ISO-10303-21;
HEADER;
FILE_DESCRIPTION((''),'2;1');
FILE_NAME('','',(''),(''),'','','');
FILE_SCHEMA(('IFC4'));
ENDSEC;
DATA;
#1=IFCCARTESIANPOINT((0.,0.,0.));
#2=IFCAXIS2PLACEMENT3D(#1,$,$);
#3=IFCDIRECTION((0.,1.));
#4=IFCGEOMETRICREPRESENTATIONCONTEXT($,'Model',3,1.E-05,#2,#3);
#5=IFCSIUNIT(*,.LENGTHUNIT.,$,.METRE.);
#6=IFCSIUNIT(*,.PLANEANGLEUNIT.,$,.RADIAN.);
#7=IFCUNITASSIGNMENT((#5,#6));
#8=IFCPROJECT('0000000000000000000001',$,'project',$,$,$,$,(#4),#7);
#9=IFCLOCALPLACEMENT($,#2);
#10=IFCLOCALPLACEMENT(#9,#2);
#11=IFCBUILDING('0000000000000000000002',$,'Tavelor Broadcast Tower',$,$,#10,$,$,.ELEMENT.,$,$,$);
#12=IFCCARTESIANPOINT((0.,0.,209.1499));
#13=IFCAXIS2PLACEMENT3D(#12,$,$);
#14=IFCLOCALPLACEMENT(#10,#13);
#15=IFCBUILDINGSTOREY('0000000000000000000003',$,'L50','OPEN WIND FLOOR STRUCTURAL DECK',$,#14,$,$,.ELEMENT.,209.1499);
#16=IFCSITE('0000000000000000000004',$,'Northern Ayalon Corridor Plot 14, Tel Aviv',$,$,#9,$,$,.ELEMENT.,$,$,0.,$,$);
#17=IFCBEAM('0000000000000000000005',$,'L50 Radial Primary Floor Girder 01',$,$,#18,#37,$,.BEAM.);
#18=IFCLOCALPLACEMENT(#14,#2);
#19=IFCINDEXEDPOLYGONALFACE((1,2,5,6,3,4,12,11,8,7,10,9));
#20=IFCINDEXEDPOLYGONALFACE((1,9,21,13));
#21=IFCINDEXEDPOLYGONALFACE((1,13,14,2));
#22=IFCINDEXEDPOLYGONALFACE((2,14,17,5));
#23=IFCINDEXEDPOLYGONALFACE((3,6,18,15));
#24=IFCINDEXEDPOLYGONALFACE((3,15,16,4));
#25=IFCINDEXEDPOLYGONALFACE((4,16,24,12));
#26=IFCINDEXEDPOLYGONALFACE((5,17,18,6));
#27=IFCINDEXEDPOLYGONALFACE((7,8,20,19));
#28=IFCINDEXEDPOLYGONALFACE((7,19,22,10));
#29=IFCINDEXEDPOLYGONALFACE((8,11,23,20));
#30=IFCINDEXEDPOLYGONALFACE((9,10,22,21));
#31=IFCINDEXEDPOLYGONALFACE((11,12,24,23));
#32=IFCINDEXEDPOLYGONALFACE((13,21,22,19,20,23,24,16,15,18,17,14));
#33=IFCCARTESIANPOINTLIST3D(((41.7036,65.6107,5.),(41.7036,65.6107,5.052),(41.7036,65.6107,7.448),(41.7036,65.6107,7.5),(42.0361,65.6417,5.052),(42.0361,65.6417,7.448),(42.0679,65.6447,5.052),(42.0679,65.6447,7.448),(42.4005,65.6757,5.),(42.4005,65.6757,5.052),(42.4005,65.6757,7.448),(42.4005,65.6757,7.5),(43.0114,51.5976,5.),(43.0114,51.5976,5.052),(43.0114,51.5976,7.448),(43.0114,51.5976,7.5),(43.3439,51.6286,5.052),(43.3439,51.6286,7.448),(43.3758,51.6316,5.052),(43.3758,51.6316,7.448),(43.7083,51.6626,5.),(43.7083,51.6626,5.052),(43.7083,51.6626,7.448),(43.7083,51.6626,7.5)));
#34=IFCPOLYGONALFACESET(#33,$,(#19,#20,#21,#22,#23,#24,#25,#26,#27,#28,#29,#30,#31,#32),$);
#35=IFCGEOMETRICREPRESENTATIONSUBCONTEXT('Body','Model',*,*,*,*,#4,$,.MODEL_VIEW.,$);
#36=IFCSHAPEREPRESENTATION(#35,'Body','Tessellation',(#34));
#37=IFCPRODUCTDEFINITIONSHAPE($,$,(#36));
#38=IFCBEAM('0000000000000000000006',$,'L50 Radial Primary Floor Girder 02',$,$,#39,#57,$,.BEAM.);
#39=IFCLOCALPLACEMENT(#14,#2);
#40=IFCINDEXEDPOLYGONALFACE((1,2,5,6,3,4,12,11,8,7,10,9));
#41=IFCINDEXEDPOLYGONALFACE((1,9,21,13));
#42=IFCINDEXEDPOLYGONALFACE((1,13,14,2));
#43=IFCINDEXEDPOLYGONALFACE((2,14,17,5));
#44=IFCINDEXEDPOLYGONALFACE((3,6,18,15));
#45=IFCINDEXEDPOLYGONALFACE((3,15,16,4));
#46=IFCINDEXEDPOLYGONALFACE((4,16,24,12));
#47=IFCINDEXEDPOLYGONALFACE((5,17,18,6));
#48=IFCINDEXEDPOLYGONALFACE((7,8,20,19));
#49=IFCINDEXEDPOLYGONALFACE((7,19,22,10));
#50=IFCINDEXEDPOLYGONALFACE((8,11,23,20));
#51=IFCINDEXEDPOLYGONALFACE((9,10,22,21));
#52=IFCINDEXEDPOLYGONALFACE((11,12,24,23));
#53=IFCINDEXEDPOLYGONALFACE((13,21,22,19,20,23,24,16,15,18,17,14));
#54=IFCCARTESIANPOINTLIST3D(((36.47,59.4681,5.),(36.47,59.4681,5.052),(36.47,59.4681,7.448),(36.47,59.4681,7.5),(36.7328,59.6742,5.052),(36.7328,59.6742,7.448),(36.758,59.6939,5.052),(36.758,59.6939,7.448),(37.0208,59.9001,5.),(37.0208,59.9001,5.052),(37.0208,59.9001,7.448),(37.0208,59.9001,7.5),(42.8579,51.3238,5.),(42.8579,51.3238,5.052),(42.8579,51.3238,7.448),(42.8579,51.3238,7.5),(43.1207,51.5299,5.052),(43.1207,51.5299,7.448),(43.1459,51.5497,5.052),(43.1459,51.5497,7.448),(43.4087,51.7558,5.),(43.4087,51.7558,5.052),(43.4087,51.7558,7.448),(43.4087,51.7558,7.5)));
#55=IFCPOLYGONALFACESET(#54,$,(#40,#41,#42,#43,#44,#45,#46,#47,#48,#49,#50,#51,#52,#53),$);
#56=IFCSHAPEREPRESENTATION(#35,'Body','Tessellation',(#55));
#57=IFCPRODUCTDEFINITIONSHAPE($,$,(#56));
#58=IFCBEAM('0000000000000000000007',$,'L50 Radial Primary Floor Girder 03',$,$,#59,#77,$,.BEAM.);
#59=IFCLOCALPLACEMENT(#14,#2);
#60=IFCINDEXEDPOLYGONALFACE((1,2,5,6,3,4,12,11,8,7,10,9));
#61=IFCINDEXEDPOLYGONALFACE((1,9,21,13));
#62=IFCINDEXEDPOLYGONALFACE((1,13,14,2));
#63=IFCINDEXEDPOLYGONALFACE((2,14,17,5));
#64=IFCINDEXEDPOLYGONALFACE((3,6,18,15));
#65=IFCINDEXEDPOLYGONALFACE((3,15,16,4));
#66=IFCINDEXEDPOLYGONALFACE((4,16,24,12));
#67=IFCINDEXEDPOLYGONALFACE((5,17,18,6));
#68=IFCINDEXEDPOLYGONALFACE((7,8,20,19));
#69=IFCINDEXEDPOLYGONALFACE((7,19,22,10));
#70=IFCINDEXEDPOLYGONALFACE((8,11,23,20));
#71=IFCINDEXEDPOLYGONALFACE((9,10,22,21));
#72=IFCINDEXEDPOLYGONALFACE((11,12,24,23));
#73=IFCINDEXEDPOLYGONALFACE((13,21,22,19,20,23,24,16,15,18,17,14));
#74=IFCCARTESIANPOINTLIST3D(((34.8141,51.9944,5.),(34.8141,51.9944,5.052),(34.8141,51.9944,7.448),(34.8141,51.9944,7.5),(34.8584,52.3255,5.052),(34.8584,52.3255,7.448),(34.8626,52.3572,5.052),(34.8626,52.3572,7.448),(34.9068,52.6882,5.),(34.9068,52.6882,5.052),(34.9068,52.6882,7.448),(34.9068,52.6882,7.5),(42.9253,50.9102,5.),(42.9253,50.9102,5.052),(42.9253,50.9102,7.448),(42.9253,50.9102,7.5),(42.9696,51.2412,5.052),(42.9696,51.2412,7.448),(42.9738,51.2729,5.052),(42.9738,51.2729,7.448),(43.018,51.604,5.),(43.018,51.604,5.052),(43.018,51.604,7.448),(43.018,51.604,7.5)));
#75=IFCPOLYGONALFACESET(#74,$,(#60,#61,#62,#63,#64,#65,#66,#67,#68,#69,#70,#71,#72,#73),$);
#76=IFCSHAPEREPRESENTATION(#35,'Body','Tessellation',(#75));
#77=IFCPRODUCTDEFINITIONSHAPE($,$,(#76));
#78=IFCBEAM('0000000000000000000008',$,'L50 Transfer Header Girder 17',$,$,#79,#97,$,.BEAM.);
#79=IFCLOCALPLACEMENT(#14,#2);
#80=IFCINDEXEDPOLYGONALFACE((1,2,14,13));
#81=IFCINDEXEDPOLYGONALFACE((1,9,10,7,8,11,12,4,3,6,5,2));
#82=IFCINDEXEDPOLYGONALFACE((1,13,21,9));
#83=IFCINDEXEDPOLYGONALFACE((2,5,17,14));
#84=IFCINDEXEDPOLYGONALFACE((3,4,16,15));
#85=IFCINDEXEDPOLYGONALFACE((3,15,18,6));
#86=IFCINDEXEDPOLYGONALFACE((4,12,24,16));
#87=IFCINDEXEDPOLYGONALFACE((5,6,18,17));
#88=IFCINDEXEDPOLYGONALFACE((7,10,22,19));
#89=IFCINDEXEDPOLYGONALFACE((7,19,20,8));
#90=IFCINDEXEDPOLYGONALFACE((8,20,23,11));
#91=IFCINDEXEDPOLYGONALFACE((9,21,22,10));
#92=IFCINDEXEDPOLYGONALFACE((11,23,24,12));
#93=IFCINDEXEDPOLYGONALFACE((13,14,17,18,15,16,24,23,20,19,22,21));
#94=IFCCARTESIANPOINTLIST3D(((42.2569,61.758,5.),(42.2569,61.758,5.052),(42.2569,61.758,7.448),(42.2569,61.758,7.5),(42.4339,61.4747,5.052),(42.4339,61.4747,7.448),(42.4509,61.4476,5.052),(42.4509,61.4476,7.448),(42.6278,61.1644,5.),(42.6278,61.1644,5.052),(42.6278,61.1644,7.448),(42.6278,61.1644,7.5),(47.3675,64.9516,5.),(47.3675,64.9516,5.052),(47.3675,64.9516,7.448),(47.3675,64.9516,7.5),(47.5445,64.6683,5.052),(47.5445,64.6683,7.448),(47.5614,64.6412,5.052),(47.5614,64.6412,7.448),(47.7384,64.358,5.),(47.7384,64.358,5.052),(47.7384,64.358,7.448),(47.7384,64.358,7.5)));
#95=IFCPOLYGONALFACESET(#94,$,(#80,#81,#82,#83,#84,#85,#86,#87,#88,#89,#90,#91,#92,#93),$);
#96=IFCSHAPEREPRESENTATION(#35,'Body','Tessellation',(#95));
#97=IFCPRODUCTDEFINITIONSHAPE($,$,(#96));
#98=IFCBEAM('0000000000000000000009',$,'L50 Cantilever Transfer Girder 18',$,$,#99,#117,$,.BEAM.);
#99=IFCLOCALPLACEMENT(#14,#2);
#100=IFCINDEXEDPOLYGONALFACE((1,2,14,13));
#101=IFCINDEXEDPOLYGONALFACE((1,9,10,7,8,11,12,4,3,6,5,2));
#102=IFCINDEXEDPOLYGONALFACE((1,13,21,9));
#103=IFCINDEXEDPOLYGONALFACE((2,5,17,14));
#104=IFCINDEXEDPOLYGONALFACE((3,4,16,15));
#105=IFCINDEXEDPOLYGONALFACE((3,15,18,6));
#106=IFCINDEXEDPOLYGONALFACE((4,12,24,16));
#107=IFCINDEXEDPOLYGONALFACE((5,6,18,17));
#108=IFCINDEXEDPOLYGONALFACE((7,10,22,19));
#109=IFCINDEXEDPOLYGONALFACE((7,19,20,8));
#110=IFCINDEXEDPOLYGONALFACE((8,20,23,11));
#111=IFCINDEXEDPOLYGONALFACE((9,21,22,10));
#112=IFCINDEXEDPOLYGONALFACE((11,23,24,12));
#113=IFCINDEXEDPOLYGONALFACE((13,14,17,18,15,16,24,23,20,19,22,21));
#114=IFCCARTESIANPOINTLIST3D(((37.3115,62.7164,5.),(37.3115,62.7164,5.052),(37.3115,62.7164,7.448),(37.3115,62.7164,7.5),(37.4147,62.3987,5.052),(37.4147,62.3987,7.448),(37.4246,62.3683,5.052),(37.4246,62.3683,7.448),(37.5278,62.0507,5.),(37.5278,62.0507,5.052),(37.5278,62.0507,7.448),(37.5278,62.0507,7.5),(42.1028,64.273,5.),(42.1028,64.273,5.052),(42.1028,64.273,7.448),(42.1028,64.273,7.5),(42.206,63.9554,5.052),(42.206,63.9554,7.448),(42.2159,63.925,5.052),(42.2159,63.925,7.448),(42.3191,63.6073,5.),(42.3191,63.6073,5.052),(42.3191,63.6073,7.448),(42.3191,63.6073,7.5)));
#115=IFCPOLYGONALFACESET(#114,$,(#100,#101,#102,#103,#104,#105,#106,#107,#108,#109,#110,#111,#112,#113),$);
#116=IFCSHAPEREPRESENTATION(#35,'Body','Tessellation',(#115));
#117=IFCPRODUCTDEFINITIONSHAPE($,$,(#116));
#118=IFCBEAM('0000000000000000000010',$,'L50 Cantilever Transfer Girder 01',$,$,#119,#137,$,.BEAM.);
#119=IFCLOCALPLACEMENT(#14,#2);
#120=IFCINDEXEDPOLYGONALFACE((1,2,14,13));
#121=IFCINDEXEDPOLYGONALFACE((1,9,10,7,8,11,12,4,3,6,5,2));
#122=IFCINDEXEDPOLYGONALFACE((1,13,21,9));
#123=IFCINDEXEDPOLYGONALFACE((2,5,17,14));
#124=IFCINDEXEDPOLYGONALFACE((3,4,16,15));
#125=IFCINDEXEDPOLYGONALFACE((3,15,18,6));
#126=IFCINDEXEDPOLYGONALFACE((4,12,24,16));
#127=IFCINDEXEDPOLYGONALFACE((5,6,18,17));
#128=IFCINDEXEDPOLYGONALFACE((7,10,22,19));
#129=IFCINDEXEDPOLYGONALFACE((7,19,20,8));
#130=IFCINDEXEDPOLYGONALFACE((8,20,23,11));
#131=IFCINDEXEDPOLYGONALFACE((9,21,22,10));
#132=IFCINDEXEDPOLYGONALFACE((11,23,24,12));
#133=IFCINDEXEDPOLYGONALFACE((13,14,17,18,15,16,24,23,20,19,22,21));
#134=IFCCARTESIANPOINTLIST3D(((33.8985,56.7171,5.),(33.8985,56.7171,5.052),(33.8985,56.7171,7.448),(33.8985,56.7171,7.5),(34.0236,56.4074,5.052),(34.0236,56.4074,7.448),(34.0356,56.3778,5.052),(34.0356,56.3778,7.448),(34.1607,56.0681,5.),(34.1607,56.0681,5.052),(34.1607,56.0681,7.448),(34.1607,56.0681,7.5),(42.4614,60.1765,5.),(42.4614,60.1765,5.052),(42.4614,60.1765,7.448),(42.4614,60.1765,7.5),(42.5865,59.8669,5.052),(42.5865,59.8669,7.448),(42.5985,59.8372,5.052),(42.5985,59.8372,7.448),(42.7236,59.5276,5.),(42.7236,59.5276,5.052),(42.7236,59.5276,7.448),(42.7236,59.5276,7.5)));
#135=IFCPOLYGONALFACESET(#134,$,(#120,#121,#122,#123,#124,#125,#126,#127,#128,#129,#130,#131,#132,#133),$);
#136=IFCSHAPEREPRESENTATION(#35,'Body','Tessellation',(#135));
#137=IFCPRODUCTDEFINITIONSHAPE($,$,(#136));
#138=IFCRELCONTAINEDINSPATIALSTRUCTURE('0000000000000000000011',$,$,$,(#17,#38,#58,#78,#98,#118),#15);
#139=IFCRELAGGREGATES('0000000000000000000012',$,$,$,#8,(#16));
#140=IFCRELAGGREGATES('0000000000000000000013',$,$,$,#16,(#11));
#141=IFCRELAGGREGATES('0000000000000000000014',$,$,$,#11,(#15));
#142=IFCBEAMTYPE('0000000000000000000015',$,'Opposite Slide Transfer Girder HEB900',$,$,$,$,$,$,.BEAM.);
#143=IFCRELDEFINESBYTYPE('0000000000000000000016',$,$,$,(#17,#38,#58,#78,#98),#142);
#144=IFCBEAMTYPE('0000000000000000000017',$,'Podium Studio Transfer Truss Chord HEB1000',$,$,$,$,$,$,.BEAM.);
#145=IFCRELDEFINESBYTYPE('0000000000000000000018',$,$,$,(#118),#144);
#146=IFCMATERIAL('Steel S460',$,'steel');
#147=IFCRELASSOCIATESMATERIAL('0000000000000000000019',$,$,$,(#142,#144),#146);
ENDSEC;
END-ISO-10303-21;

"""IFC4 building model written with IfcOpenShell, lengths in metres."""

from ifc_helpers import new_model, si_unit, direction, frame, origin, origin_2d, place, context, subcontext, project, spatial, i_section, extrude, material, material_profile, profile_set, type_object, element, save


model = new_model("IFC4")

# Units and contexts
model_context = context("Model", 3, precision=1e-05, world=origin(), true_north=direction((0.0, 1.0)))
body_context = subcontext(model_context, "Body", "Model", "MODEL_VIEW")
ifc_project = project(units=[si_unit("LENGTHUNIT", "METRE"), si_unit("PLANEANGLEUNIT", "RADIAN")], contexts=[model_context])

# Site, building, storey
site_placement = place(None, origin())
site = spatial("IfcSite", under=ifc_project, at=site_placement, Name="Northern Ayalon Corridor Plot 14, Tel Aviv", CompositionType="ELEMENT", RefElevation=0.0)
building_placement = place(site_placement, origin())
building = spatial("IfcBuilding", under=site, at=building_placement, Name="Tavelor Broadcast Tower", CompositionType="ELEMENT")
storey_placement = place(building_placement, frame((0.0, 0.0, 209.1499)))
storey = spatial("IfcBuildingStorey", under=building, at=storey_placement, Name="L50", Description="OPEN WIND FLOOR STRUCTURAL DECK", CompositionType="ELEMENT", Elevation=209.1499)

# Beams
ifc_material_1 = material(Name="Steel S460", Category="steel")
ifc_material_profile_1 = material_profile(ifc_material_1, i_section(OverallWidth=0.7, OverallDepth=2.5, WebThickness=0.032, FlangeThickness=0.052, at=origin_2d()), Name="PG 2500x700")
ifc_profile_set_1 = profile_set([ifc_material_profile_1], Name="Steel S460")
beam_type_1 = type_object("IfcBeamType", Name="Opposite Slide Transfer Girder HEB900", PredefinedType="BEAM", material=ifc_profile_set_1)
beam_1_placement = place(storey_placement, frame((43.3599, 51.6301, 6.25), z_axis=(-0.092927, 0.995673, 0.0), x_axis=(-0.995673, -0.092927, 0.0)))
element("IfcBeam", 1, at=beam_1_placement, inside=storey, type_object=beam_type_1, Name="L50 Radial Primary Floor Girder 01", PredefinedType="BEAM", context=body_context, shape_type="SweptSolid", body=[
    extrude(i_section(OverallWidth=0.7, OverallDepth=2.5, WebThickness=0.032, FlangeThickness=0.052, at=origin_2d()), origin(), (0.0, 0.0, 1.0), 14.074),
])
beam_2_placement = place(storey_placement, frame((43.1333, 51.5398, 6.25), z_axis=(-0.617156, 0.786841, 0.0), x_axis=(-0.786841, -0.617156, 0.0)))
element("IfcBeam", 2, at=beam_2_placement, inside=storey, type_object=beam_type_1, Name="L50 Radial Primary Floor Girder 02", PredefinedType="BEAM", context=body_context, shape_type="SweptSolid", body=[
    extrude(i_section(OverallWidth=0.7, OverallDepth=2.5, WebThickness=0.032, FlangeThickness=0.052, at=origin_2d()), origin(), (0.0, 0.0, 1.0), 10.3506),
])
beam_3_placement = place(storey_placement, frame((42.9717, 51.2571, 6.25), z_axis=(-0.991184, 0.132494, 0.0), x_axis=(-0.132494, -0.991184, 0.0)))
element("IfcBeam", 3, at=beam_3_placement, inside=storey, type_object=beam_type_1, Name="L50 Radial Primary Floor Girder 03", PredefinedType="BEAM", context=body_context, shape_type="SweptSolid", body=[
    extrude(i_section(OverallWidth=0.7, OverallDepth=2.5, WebThickness=0.032, FlangeThickness=0.052, at=origin_2d()), origin(), (0.0, 0.0, 1.0), 8.1833),
])
beam_4_placement = place(storey_placement, frame((42.4424, 61.4612, 6.25), z_axis=(0.848037, 0.529937, 0.0), x_axis=(-0.529937, 0.848037, 0.0)))
element("IfcBeam", 4, at=beam_4_placement, inside=storey, type_object=beam_type_1, Name="L50 Transfer Header Girder 17", PredefinedType="BEAM", context=body_context, shape_type="SweptSolid", body=[
    extrude(i_section(OverallWidth=0.7, OverallDepth=2.5, WebThickness=0.032, FlangeThickness=0.052, at=origin_2d()), origin(), (0.0, 0.0, 1.0), 6.0264),
])
beam_5_placement = place(storey_placement, frame((42.2109, 63.9402, 6.25), z_axis=(-0.951064, -0.308993, 0.0), x_axis=(0.308993, -0.951064, 0.0)))
element("IfcBeam", 5, at=beam_5_placement, inside=storey, type_object=beam_type_1, Name="L50 Cantilever Transfer Girder 18", PredefinedType="BEAM", context=body_context, shape_type="SweptSolid", body=[
    extrude(i_section(OverallWidth=0.7, OverallDepth=2.5, WebThickness=0.032, FlangeThickness=0.052, at=origin_2d()), origin(), (0.0, 0.0, 1.0), 5.0378),
])
ifc_material_profile_2 = material_profile(ifc_material_1, i_section(OverallWidth=0.7, OverallDepth=2.5, WebThickness=0.032, FlangeThickness=0.052, at=origin_2d()), Name="PG 2500x700")
ifc_profile_set_2 = profile_set([ifc_material_profile_2], Name="Steel S460")
beam_type_2 = type_object("IfcBeamType", Name="Podium Studio Transfer Truss Chord HEB1000", PredefinedType="BEAM", material=ifc_profile_set_2)
beam_6_placement = place(storey_placement, frame((42.5925, 59.8521, 6.25), z_axis=(-0.927191, -0.374588, 0.0), x_axis=(0.374588, -0.927191, 0.0)))
element("IfcBeam", 6, at=beam_6_placement, inside=storey, type_object=beam_type_2, Name="L50 Cantilever Transfer Girder 01", PredefinedType="BEAM", context=body_context, shape_type="SweptSolid", body=[
    extrude(i_section(OverallWidth=0.7, OverallDepth=2.5, WebThickness=0.032, FlangeThickness=0.052, at=origin_2d()), origin(), (0.0, 0.0, 1.0), 9.2354),
])

save(model, "model.ifc")
